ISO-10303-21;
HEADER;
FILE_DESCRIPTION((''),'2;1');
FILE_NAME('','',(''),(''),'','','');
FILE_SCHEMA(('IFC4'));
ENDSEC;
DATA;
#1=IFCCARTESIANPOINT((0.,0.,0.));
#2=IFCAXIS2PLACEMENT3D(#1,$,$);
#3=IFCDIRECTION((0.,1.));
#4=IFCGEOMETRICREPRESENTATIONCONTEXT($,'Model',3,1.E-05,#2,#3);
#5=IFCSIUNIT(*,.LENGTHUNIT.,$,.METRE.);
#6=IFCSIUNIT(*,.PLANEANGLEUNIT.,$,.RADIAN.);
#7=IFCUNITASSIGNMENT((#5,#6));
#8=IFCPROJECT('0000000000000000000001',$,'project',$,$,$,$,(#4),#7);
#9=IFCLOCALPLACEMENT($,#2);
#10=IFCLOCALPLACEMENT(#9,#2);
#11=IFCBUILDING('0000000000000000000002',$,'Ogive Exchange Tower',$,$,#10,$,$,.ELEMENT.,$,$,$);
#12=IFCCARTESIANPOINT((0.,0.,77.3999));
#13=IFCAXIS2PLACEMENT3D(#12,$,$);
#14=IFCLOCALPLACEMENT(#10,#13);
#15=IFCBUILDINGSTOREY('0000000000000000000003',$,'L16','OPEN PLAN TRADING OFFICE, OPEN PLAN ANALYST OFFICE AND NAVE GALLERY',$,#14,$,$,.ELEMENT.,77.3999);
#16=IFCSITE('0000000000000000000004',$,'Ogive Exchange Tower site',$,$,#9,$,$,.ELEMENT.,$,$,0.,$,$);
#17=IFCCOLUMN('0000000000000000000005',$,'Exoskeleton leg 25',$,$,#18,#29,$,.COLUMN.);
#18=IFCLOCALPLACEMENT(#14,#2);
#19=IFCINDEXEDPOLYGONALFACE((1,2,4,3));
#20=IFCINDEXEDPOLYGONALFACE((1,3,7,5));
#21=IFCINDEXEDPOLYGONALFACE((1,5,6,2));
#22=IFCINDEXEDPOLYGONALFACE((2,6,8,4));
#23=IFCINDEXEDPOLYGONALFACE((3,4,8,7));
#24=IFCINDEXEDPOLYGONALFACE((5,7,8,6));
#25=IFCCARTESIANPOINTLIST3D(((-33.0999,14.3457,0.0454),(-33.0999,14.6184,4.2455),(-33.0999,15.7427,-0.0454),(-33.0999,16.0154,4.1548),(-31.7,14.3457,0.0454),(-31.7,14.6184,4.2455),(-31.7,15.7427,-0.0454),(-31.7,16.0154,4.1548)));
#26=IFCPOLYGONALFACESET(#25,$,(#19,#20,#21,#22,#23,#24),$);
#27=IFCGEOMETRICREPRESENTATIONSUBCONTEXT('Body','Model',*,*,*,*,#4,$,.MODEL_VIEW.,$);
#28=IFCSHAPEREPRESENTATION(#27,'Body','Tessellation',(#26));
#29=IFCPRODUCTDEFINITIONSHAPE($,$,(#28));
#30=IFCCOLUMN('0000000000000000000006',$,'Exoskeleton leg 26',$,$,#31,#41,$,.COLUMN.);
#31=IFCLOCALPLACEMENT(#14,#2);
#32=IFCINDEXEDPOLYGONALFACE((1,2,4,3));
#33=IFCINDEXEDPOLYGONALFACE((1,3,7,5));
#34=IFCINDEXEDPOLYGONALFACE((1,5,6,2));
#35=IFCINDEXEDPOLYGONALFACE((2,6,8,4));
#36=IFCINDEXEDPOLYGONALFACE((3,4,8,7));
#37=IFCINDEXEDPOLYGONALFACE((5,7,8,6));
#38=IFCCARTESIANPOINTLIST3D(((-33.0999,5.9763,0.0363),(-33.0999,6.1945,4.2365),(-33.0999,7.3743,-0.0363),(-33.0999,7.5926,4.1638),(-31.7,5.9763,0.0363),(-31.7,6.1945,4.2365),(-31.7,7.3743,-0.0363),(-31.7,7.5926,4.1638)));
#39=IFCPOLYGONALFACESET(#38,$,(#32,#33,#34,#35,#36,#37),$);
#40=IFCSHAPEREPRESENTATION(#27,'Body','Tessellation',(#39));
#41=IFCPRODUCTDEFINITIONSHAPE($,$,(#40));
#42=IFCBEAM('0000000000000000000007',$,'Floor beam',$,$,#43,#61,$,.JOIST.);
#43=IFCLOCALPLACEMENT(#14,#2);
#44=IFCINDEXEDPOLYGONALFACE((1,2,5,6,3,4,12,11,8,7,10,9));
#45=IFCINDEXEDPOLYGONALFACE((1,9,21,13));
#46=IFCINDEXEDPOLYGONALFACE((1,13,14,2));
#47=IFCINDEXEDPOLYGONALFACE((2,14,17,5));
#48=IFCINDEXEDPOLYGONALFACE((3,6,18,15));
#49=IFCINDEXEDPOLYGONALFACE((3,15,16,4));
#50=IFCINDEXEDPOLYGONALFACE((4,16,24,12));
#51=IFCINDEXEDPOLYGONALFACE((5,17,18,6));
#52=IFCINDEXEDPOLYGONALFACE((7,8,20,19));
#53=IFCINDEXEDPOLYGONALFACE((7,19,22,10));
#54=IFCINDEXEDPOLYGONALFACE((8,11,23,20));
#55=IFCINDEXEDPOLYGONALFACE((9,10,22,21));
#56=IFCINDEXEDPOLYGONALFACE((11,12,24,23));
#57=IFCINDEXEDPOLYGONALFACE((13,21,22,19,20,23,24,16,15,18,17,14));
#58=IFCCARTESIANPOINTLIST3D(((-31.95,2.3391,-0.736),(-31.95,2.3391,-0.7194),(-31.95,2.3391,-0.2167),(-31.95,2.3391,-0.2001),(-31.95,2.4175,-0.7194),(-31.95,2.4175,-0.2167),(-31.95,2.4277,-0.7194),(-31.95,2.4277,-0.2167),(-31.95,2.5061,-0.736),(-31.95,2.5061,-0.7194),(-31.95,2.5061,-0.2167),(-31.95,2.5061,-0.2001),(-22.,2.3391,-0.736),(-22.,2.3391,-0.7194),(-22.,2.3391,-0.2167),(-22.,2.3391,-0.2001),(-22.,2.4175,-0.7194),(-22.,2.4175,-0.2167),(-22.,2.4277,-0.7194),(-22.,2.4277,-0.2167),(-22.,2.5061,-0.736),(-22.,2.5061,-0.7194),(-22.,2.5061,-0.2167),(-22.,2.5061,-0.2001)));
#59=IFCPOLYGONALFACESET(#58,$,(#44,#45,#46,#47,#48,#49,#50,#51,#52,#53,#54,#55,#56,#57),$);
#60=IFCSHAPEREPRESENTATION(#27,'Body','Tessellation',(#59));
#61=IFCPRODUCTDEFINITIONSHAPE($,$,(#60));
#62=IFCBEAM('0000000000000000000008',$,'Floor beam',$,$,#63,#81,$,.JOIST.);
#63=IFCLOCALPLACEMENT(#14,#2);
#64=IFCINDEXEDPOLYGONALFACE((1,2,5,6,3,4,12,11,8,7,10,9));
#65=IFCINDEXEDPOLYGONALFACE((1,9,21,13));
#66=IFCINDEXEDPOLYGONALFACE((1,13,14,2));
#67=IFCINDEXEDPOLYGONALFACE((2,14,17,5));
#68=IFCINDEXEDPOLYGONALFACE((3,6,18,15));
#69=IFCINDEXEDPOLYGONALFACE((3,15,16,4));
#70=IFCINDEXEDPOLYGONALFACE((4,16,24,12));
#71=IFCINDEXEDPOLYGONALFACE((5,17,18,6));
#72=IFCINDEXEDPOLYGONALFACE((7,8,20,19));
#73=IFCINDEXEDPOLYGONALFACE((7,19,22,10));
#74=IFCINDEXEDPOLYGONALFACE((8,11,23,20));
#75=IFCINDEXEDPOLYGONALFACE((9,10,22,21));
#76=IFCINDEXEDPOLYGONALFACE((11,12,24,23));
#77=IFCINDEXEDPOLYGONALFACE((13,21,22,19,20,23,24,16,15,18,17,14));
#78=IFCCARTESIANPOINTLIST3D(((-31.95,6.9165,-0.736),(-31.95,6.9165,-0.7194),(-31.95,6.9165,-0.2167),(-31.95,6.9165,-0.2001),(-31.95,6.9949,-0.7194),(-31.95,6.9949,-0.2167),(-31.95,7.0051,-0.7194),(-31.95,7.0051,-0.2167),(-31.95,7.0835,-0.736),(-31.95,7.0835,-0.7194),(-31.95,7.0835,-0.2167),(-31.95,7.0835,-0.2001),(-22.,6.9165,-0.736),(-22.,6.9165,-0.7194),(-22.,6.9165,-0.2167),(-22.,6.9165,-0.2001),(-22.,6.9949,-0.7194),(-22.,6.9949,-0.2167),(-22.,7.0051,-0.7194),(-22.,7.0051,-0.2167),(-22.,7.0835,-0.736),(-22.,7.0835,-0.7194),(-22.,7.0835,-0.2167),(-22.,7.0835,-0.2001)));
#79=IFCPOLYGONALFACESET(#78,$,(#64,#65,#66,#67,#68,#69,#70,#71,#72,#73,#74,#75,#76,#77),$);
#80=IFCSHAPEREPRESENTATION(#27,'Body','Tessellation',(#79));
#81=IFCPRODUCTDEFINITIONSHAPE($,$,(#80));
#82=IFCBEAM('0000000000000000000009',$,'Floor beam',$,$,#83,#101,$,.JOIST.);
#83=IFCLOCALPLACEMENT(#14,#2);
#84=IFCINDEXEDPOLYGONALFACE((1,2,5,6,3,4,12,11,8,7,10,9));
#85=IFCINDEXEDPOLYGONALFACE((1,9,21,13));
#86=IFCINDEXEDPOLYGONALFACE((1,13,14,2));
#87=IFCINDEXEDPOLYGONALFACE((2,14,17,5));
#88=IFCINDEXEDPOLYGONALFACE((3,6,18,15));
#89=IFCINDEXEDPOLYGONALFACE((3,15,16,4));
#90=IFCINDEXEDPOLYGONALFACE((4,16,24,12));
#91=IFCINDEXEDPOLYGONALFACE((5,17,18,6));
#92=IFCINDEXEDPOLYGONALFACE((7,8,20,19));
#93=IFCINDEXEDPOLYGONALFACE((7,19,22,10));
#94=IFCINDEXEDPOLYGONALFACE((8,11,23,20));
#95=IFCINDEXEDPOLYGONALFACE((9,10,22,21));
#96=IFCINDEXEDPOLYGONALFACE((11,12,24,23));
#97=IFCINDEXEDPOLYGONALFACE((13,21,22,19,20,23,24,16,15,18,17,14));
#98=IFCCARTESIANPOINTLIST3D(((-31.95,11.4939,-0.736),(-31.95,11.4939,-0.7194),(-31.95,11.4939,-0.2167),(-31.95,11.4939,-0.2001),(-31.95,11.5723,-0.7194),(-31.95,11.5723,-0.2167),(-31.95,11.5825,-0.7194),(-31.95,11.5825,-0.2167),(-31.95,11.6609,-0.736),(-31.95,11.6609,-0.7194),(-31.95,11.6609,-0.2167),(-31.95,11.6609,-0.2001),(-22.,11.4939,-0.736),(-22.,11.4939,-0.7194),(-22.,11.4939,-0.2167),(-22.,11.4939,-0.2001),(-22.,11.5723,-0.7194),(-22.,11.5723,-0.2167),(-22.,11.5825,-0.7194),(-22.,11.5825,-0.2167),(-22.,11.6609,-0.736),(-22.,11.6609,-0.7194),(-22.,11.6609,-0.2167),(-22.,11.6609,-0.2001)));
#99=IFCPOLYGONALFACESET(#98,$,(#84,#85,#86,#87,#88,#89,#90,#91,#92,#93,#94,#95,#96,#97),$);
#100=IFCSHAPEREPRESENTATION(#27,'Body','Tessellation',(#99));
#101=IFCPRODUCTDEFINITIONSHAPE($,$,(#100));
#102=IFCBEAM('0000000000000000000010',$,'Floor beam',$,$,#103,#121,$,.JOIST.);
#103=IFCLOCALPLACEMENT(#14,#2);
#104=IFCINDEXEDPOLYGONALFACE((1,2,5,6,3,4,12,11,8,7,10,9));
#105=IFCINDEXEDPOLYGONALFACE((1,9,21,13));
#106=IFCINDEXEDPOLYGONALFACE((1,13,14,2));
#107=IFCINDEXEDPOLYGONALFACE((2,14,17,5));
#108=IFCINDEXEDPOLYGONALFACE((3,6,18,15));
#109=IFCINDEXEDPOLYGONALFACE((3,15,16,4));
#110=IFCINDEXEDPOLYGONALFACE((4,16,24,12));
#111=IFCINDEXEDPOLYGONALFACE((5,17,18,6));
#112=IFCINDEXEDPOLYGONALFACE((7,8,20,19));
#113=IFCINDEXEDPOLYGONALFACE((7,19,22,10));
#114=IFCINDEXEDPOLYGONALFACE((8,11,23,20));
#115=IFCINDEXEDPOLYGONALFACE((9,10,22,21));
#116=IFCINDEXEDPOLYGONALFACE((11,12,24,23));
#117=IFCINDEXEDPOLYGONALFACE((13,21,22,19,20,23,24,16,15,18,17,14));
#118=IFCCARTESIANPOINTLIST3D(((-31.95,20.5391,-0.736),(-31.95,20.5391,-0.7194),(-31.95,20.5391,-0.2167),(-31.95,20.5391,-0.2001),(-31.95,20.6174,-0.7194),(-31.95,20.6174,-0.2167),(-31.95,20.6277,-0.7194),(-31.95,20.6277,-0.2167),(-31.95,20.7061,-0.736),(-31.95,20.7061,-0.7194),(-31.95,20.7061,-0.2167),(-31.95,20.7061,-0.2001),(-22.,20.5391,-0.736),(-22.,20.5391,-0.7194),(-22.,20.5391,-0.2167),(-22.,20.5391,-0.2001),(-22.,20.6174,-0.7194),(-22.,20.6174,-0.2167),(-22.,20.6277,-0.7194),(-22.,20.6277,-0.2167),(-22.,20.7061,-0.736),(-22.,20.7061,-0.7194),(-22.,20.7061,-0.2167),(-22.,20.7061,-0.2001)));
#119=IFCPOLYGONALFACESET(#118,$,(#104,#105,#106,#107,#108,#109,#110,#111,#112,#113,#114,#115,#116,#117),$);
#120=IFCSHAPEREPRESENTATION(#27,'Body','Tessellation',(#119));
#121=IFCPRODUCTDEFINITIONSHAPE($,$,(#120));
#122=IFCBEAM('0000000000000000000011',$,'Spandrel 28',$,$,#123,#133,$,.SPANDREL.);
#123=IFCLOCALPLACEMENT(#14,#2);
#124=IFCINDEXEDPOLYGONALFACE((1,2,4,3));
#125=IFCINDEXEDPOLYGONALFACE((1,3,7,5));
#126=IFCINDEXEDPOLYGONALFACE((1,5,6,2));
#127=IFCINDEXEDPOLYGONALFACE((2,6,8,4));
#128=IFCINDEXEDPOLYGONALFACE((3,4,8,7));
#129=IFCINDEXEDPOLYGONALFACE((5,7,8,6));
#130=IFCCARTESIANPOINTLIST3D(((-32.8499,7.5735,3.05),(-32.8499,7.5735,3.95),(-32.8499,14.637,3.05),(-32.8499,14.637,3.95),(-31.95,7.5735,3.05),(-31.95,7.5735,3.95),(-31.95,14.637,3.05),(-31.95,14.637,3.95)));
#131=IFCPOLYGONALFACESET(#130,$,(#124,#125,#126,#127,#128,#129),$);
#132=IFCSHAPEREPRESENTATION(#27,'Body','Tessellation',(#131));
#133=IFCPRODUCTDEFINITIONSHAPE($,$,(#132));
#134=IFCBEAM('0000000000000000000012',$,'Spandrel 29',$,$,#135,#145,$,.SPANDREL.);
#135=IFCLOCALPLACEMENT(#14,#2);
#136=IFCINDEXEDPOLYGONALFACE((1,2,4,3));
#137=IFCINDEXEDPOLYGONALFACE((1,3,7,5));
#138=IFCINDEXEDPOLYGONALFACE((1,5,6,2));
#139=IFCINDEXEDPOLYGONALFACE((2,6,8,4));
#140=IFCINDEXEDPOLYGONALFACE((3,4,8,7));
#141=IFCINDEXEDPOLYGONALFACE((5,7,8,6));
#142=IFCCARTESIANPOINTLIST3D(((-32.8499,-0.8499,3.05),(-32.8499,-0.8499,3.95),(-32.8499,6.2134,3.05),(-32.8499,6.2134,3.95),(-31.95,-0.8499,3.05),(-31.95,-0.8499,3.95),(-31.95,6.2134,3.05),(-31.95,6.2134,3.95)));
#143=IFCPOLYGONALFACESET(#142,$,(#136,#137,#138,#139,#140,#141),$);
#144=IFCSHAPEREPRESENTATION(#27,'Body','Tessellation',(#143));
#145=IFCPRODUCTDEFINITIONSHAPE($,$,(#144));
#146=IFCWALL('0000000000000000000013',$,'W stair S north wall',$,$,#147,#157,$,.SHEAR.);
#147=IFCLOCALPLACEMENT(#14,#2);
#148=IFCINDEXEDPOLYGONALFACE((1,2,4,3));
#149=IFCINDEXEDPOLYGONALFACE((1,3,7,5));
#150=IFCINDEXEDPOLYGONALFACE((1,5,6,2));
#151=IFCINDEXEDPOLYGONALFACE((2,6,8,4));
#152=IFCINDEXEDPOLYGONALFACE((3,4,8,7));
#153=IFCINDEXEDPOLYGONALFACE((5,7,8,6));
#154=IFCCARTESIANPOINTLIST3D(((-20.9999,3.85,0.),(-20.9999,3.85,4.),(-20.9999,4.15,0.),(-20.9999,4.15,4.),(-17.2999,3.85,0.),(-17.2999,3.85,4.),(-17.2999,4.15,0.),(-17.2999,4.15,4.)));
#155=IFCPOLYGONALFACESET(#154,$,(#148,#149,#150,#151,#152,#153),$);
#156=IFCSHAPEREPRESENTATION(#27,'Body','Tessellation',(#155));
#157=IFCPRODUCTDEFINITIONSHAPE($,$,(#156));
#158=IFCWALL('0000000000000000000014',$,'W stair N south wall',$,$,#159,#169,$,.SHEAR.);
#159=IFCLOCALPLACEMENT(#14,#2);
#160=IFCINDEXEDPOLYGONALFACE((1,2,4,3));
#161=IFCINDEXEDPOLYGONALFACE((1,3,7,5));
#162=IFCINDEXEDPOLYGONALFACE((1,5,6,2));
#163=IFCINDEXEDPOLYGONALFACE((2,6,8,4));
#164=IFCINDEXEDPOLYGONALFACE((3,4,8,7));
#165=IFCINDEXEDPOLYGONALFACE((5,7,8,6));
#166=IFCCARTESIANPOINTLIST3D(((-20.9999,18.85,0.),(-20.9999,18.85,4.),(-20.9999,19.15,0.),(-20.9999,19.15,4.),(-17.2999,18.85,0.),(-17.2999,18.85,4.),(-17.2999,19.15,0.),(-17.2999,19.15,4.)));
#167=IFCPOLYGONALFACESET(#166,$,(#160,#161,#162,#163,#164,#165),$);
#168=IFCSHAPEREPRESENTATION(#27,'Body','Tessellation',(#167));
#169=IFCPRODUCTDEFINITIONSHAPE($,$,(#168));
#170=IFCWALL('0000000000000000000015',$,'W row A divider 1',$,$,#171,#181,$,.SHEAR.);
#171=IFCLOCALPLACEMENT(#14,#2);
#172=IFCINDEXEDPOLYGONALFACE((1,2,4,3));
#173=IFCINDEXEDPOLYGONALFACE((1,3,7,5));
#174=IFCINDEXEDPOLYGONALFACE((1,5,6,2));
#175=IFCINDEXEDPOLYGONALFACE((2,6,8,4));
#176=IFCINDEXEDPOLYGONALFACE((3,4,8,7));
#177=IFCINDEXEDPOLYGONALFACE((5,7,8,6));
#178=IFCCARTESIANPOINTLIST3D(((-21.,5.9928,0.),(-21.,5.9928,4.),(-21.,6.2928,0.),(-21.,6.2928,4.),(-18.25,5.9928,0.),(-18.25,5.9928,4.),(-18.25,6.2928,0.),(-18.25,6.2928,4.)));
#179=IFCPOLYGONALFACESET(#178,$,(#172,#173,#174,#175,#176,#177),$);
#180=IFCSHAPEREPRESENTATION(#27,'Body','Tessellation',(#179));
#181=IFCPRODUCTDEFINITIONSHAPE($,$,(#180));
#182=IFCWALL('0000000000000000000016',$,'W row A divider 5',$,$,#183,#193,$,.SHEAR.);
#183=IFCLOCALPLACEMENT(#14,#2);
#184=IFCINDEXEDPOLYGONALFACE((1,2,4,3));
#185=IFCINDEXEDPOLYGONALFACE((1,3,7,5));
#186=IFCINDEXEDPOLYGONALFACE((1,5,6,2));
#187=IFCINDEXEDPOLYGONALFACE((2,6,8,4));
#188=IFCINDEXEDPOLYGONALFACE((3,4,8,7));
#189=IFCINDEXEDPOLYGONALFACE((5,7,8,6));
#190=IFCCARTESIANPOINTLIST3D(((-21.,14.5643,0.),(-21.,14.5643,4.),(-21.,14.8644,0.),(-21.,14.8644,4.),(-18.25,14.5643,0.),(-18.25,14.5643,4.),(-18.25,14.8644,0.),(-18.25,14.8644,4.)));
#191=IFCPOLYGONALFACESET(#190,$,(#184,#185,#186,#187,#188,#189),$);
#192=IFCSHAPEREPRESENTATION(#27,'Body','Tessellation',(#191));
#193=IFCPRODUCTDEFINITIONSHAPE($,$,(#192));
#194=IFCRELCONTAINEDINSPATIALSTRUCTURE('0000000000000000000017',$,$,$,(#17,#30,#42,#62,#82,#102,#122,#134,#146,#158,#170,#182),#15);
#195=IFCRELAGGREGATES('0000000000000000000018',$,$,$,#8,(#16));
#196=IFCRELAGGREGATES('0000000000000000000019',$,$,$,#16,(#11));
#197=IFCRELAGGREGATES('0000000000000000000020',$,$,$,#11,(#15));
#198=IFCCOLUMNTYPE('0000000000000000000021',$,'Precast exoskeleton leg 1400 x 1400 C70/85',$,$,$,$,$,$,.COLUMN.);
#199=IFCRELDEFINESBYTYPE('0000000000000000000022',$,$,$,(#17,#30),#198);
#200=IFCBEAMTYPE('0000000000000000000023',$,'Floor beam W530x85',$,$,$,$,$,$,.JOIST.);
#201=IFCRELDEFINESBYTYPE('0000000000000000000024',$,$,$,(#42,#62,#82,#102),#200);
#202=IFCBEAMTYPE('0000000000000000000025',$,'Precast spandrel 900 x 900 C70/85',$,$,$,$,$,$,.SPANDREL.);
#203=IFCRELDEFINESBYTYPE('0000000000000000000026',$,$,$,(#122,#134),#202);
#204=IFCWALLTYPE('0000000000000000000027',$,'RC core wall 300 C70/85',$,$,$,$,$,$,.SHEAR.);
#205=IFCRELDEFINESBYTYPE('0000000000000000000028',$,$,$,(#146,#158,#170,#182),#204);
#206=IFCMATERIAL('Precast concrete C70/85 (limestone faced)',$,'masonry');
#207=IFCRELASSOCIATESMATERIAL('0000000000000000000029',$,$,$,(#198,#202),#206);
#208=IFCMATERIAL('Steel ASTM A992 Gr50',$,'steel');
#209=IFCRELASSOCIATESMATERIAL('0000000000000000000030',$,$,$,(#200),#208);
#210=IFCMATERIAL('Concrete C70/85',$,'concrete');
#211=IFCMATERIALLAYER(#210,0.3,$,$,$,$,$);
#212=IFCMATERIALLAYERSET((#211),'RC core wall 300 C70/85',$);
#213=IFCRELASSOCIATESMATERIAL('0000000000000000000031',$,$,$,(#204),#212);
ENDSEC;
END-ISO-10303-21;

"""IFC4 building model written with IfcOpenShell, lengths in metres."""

from ifc_helpers import new_model, si_unit, direction, frame, frame_2d, origin, origin_2d, place, context, subcontext, project, spatial, rectangle, i_section, extrude, material, layer, layer_set, material_profile, profile_set, type_object, element, save


model = new_model("IFC4")

# Units and contexts
model_context = context("Model", 3, precision=1e-05, world=origin(), true_north=direction((0.0, 1.0)))
body_context = subcontext(model_context, "Body", "Model", "MODEL_VIEW")
ifc_project = project(units=[si_unit("LENGTHUNIT", "METRE"), si_unit("PLANEANGLEUNIT", "RADIAN")], contexts=[model_context])

# Site, building, storey
site_placement = place(None, origin())
site = spatial("IfcSite", under=ifc_project, at=site_placement, Name="Ogive Exchange Tower site", CompositionType="ELEMENT", RefElevation=0.0)
building_placement = place(site_placement, origin())
building = spatial("IfcBuilding", under=site, at=building_placement, Name="Ogive Exchange Tower", CompositionType="ELEMENT")
storey_placement = place(building_placement, frame((0.0, 0.0, 77.3999)))
storey = spatial("IfcBuildingStorey", under=building, at=storey_placement, Name="L16", Description="OPEN PLAN TRADING OFFICE, OPEN PLAN ANALYST OFFICE AND NAVE GALLERY", CompositionType="ELEMENT", Elevation=77.3999)

# Columns
ifc_material_1 = material(Name="Precast concrete C70/85 (limestone faced)", Category="masonry")
ifc_material_profile_1 = material_profile(ifc_material_1, rectangle(XDim=1.3999, YDim=1.3999, at=origin_2d()), Name="1400 x 1400")
ifc_profile_set_1 = profile_set([ifc_material_profile_1], Name="Precast concrete C70/85 (limestone faced)")
column_type = type_object("IfcColumnType", Name="Precast exoskeleton leg 1400 x 1400 C70/85", PredefinedType="COLUMN", material=ifc_profile_set_1)
column_1_placement = place(storey_placement, frame((-32.3999, 15.0442, 0.0), z_axis=(0.0, 0.06479, 0.997899), x_axis=(-1.0, 0.0, 0.0)))
element("IfcColumn", 1, at=column_1_placement, inside=storey, type_object=column_type, Name="Exoskeleton leg 25", PredefinedType="COLUMN", context=body_context, shape_type="SweptSolid", body=[
    extrude(rectangle(XDim=1.3999, YDim=1.3999, at=origin_2d()), origin(), (0.0, 0.0, 1.0), 4.209),
])
column_2_placement = place(storey_placement, frame((-32.3999, 6.6753, 0.0), z_axis=(0.0, 0.051895, 0.998653), x_axis=(-1.0, 0.0, 0.0)))
element("IfcColumn", 2, at=column_2_placement, inside=storey, type_object=column_type, Name="Exoskeleton leg 26", PredefinedType="COLUMN", context=body_context, shape_type="SweptSolid", body=[
    extrude(rectangle(XDim=1.3999, YDim=1.3999, at=origin_2d()), origin(), (0.0, 0.0, 1.0), 4.2058),
])

# Beams
ifc_material_2 = material(Name="Steel ASTM A992 Gr50", Category="steel")
ifc_material_profile_2 = material_profile(ifc_material_2, i_section(OverallWidth=0.167, OverallDepth=0.5359, WebThickness=0.0103, FlangeThickness=0.0166, at=origin_2d()), Name="W530x85")
ifc_profile_set_2 = profile_set([ifc_material_profile_2], Name="Steel ASTM A992 Gr50")
beam_type_1 = type_object("IfcBeamType", Name="Floor beam W530x85", PredefinedType="JOIST", material=ifc_profile_set_2)
for number, where, z_axis, x_axis, name in (
    (3, (-31.95, 2.4226, -0.468), (1.0, 0.0, 0.0), (0.0, 1.0, 0.0), "Floor beam"),
    (4, (-31.95, 7.0, -0.468), (1.0, 0.0, 0.0), (0.0, 1.0, 0.0), "Floor beam"),
    (5, (-31.95, 11.5774, -0.468), (1.0, 0.0, 0.0), (0.0, 1.0, 0.0), "Floor beam"),
    (6, (-31.95, 20.6226, -0.468), (1.0, 0.0, 0.0), (0.0, 1.0, 0.0), "Floor beam"),
):
    element("IfcBeam", number, at=place(storey_placement, frame(where, z_axis=z_axis, x_axis=x_axis)), inside=storey, type_object=beam_type_1, Name=name, PredefinedType="JOIST", context=body_context, shape_type="SweptSolid", body=[
        extrude(i_section(OverallWidth=0.167, OverallDepth=0.5359, WebThickness=0.0103, FlangeThickness=0.0166, at=origin_2d()), origin(), (0.0, 0.0, 1.0), 9.95),
    ])
ifc_material_profile_3 = material_profile(ifc_material_1, rectangle(XDim=0.8999, YDim=0.8999, at=origin_2d()), Name="900 x 900")
ifc_profile_set_3 = profile_set([ifc_material_profile_3], Name="Precast concrete C70/85 (limestone faced)")
beam_type_2 = type_object("IfcBeamType", Name="Precast spandrel 900 x 900 C70/85", PredefinedType="SPANDREL", material=ifc_profile_set_3)
beam_1_placement = place(storey_placement, frame((-32.3999, 14.637, 3.5), z_axis=(0.0, -1.0, 0.0), x_axis=(1.0, 0.0, 0.0)))
element("IfcBeam", 7, at=beam_1_placement, inside=storey, type_object=beam_type_2, Name="Spandrel 28", PredefinedType="SPANDREL", context=body_context, shape_type="SweptSolid", body=[
    extrude(rectangle(XDim=0.8999, YDim=0.8999, at=origin_2d()), origin(), (0.0, 0.0, 1.0), 7.0635),
])
beam_2_placement = place(storey_placement, frame((-32.3999, 6.2134, 3.5), z_axis=(0.0, -1.0, 0.0), x_axis=(1.0, 0.0, 0.0)))
element("IfcBeam", 8, at=beam_2_placement, inside=storey, type_object=beam_type_2, Name="Spandrel 29", PredefinedType="SPANDREL", context=body_context, shape_type="SweptSolid", body=[
    extrude(rectangle(XDim=0.8999, YDim=0.8999, at=origin_2d()), origin(), (0.0, 0.0, 1.0), 7.0632),
])

# Walls
ifc_material_3 = material(Name="Concrete C70/85", Category="concrete")
ifc_layer = layer(ifc_material_3, 0.3)
ifc_layer_set = layer_set([ifc_layer], Name="RC core wall 300 C70/85")
wall_type = type_object("IfcWallType", Name="RC core wall 300 C70/85", PredefinedType="SHEAR", material=ifc_layer_set)
for number, where, z_axis, x_axis, name in (
    (9, (-21.0, 4.0, 0.0), (0.0, 0.0, 1.0), (1.0, 0.0, 0.0), "W stair S north wall"),
    (10, (-21.0, 19.0, 0.0), (0.0, 0.0, 1.0), (1.0, 0.0, 0.0), "W stair N south wall"),
):
    element("IfcWall", number, at=place(storey_placement, frame(where, z_axis=z_axis, x_axis=x_axis)), inside=storey, type_object=wall_type, Name=name, PredefinedType="SHEAR", context=body_context, shape_type="SweptSolid", body=[
        extrude(rectangle(XDim=3.7, YDim=0.3, at=frame_2d((1.8501, 0.0))), origin(), (0.0, 0.0, 1.0), 4.0),
    ])
for number, where, z_axis, x_axis, name in (
    (11, (-21.0, 6.1428, 0.0), (0.0, 0.0, 1.0), (1.0, 0.0, 0.0), "W row A divider 1"),
    (12, (-21.0, 14.7144, 0.0), (0.0, 0.0, 1.0), (1.0, 0.0, 0.0), "W row A divider 5"),
):
    element("IfcWall", number, at=place(storey_placement, frame(where, z_axis=z_axis, x_axis=x_axis)), inside=storey, type_object=wall_type, Name=name, PredefinedType="SHEAR", context=body_context, shape_type="SweptSolid", body=[
        extrude(rectangle(XDim=2.75, YDim=0.3, at=frame_2d((1.375, 0.0))), origin(), (0.0, 0.0, 1.0), 4.0),
    ])

save(model, "model.ifc")
